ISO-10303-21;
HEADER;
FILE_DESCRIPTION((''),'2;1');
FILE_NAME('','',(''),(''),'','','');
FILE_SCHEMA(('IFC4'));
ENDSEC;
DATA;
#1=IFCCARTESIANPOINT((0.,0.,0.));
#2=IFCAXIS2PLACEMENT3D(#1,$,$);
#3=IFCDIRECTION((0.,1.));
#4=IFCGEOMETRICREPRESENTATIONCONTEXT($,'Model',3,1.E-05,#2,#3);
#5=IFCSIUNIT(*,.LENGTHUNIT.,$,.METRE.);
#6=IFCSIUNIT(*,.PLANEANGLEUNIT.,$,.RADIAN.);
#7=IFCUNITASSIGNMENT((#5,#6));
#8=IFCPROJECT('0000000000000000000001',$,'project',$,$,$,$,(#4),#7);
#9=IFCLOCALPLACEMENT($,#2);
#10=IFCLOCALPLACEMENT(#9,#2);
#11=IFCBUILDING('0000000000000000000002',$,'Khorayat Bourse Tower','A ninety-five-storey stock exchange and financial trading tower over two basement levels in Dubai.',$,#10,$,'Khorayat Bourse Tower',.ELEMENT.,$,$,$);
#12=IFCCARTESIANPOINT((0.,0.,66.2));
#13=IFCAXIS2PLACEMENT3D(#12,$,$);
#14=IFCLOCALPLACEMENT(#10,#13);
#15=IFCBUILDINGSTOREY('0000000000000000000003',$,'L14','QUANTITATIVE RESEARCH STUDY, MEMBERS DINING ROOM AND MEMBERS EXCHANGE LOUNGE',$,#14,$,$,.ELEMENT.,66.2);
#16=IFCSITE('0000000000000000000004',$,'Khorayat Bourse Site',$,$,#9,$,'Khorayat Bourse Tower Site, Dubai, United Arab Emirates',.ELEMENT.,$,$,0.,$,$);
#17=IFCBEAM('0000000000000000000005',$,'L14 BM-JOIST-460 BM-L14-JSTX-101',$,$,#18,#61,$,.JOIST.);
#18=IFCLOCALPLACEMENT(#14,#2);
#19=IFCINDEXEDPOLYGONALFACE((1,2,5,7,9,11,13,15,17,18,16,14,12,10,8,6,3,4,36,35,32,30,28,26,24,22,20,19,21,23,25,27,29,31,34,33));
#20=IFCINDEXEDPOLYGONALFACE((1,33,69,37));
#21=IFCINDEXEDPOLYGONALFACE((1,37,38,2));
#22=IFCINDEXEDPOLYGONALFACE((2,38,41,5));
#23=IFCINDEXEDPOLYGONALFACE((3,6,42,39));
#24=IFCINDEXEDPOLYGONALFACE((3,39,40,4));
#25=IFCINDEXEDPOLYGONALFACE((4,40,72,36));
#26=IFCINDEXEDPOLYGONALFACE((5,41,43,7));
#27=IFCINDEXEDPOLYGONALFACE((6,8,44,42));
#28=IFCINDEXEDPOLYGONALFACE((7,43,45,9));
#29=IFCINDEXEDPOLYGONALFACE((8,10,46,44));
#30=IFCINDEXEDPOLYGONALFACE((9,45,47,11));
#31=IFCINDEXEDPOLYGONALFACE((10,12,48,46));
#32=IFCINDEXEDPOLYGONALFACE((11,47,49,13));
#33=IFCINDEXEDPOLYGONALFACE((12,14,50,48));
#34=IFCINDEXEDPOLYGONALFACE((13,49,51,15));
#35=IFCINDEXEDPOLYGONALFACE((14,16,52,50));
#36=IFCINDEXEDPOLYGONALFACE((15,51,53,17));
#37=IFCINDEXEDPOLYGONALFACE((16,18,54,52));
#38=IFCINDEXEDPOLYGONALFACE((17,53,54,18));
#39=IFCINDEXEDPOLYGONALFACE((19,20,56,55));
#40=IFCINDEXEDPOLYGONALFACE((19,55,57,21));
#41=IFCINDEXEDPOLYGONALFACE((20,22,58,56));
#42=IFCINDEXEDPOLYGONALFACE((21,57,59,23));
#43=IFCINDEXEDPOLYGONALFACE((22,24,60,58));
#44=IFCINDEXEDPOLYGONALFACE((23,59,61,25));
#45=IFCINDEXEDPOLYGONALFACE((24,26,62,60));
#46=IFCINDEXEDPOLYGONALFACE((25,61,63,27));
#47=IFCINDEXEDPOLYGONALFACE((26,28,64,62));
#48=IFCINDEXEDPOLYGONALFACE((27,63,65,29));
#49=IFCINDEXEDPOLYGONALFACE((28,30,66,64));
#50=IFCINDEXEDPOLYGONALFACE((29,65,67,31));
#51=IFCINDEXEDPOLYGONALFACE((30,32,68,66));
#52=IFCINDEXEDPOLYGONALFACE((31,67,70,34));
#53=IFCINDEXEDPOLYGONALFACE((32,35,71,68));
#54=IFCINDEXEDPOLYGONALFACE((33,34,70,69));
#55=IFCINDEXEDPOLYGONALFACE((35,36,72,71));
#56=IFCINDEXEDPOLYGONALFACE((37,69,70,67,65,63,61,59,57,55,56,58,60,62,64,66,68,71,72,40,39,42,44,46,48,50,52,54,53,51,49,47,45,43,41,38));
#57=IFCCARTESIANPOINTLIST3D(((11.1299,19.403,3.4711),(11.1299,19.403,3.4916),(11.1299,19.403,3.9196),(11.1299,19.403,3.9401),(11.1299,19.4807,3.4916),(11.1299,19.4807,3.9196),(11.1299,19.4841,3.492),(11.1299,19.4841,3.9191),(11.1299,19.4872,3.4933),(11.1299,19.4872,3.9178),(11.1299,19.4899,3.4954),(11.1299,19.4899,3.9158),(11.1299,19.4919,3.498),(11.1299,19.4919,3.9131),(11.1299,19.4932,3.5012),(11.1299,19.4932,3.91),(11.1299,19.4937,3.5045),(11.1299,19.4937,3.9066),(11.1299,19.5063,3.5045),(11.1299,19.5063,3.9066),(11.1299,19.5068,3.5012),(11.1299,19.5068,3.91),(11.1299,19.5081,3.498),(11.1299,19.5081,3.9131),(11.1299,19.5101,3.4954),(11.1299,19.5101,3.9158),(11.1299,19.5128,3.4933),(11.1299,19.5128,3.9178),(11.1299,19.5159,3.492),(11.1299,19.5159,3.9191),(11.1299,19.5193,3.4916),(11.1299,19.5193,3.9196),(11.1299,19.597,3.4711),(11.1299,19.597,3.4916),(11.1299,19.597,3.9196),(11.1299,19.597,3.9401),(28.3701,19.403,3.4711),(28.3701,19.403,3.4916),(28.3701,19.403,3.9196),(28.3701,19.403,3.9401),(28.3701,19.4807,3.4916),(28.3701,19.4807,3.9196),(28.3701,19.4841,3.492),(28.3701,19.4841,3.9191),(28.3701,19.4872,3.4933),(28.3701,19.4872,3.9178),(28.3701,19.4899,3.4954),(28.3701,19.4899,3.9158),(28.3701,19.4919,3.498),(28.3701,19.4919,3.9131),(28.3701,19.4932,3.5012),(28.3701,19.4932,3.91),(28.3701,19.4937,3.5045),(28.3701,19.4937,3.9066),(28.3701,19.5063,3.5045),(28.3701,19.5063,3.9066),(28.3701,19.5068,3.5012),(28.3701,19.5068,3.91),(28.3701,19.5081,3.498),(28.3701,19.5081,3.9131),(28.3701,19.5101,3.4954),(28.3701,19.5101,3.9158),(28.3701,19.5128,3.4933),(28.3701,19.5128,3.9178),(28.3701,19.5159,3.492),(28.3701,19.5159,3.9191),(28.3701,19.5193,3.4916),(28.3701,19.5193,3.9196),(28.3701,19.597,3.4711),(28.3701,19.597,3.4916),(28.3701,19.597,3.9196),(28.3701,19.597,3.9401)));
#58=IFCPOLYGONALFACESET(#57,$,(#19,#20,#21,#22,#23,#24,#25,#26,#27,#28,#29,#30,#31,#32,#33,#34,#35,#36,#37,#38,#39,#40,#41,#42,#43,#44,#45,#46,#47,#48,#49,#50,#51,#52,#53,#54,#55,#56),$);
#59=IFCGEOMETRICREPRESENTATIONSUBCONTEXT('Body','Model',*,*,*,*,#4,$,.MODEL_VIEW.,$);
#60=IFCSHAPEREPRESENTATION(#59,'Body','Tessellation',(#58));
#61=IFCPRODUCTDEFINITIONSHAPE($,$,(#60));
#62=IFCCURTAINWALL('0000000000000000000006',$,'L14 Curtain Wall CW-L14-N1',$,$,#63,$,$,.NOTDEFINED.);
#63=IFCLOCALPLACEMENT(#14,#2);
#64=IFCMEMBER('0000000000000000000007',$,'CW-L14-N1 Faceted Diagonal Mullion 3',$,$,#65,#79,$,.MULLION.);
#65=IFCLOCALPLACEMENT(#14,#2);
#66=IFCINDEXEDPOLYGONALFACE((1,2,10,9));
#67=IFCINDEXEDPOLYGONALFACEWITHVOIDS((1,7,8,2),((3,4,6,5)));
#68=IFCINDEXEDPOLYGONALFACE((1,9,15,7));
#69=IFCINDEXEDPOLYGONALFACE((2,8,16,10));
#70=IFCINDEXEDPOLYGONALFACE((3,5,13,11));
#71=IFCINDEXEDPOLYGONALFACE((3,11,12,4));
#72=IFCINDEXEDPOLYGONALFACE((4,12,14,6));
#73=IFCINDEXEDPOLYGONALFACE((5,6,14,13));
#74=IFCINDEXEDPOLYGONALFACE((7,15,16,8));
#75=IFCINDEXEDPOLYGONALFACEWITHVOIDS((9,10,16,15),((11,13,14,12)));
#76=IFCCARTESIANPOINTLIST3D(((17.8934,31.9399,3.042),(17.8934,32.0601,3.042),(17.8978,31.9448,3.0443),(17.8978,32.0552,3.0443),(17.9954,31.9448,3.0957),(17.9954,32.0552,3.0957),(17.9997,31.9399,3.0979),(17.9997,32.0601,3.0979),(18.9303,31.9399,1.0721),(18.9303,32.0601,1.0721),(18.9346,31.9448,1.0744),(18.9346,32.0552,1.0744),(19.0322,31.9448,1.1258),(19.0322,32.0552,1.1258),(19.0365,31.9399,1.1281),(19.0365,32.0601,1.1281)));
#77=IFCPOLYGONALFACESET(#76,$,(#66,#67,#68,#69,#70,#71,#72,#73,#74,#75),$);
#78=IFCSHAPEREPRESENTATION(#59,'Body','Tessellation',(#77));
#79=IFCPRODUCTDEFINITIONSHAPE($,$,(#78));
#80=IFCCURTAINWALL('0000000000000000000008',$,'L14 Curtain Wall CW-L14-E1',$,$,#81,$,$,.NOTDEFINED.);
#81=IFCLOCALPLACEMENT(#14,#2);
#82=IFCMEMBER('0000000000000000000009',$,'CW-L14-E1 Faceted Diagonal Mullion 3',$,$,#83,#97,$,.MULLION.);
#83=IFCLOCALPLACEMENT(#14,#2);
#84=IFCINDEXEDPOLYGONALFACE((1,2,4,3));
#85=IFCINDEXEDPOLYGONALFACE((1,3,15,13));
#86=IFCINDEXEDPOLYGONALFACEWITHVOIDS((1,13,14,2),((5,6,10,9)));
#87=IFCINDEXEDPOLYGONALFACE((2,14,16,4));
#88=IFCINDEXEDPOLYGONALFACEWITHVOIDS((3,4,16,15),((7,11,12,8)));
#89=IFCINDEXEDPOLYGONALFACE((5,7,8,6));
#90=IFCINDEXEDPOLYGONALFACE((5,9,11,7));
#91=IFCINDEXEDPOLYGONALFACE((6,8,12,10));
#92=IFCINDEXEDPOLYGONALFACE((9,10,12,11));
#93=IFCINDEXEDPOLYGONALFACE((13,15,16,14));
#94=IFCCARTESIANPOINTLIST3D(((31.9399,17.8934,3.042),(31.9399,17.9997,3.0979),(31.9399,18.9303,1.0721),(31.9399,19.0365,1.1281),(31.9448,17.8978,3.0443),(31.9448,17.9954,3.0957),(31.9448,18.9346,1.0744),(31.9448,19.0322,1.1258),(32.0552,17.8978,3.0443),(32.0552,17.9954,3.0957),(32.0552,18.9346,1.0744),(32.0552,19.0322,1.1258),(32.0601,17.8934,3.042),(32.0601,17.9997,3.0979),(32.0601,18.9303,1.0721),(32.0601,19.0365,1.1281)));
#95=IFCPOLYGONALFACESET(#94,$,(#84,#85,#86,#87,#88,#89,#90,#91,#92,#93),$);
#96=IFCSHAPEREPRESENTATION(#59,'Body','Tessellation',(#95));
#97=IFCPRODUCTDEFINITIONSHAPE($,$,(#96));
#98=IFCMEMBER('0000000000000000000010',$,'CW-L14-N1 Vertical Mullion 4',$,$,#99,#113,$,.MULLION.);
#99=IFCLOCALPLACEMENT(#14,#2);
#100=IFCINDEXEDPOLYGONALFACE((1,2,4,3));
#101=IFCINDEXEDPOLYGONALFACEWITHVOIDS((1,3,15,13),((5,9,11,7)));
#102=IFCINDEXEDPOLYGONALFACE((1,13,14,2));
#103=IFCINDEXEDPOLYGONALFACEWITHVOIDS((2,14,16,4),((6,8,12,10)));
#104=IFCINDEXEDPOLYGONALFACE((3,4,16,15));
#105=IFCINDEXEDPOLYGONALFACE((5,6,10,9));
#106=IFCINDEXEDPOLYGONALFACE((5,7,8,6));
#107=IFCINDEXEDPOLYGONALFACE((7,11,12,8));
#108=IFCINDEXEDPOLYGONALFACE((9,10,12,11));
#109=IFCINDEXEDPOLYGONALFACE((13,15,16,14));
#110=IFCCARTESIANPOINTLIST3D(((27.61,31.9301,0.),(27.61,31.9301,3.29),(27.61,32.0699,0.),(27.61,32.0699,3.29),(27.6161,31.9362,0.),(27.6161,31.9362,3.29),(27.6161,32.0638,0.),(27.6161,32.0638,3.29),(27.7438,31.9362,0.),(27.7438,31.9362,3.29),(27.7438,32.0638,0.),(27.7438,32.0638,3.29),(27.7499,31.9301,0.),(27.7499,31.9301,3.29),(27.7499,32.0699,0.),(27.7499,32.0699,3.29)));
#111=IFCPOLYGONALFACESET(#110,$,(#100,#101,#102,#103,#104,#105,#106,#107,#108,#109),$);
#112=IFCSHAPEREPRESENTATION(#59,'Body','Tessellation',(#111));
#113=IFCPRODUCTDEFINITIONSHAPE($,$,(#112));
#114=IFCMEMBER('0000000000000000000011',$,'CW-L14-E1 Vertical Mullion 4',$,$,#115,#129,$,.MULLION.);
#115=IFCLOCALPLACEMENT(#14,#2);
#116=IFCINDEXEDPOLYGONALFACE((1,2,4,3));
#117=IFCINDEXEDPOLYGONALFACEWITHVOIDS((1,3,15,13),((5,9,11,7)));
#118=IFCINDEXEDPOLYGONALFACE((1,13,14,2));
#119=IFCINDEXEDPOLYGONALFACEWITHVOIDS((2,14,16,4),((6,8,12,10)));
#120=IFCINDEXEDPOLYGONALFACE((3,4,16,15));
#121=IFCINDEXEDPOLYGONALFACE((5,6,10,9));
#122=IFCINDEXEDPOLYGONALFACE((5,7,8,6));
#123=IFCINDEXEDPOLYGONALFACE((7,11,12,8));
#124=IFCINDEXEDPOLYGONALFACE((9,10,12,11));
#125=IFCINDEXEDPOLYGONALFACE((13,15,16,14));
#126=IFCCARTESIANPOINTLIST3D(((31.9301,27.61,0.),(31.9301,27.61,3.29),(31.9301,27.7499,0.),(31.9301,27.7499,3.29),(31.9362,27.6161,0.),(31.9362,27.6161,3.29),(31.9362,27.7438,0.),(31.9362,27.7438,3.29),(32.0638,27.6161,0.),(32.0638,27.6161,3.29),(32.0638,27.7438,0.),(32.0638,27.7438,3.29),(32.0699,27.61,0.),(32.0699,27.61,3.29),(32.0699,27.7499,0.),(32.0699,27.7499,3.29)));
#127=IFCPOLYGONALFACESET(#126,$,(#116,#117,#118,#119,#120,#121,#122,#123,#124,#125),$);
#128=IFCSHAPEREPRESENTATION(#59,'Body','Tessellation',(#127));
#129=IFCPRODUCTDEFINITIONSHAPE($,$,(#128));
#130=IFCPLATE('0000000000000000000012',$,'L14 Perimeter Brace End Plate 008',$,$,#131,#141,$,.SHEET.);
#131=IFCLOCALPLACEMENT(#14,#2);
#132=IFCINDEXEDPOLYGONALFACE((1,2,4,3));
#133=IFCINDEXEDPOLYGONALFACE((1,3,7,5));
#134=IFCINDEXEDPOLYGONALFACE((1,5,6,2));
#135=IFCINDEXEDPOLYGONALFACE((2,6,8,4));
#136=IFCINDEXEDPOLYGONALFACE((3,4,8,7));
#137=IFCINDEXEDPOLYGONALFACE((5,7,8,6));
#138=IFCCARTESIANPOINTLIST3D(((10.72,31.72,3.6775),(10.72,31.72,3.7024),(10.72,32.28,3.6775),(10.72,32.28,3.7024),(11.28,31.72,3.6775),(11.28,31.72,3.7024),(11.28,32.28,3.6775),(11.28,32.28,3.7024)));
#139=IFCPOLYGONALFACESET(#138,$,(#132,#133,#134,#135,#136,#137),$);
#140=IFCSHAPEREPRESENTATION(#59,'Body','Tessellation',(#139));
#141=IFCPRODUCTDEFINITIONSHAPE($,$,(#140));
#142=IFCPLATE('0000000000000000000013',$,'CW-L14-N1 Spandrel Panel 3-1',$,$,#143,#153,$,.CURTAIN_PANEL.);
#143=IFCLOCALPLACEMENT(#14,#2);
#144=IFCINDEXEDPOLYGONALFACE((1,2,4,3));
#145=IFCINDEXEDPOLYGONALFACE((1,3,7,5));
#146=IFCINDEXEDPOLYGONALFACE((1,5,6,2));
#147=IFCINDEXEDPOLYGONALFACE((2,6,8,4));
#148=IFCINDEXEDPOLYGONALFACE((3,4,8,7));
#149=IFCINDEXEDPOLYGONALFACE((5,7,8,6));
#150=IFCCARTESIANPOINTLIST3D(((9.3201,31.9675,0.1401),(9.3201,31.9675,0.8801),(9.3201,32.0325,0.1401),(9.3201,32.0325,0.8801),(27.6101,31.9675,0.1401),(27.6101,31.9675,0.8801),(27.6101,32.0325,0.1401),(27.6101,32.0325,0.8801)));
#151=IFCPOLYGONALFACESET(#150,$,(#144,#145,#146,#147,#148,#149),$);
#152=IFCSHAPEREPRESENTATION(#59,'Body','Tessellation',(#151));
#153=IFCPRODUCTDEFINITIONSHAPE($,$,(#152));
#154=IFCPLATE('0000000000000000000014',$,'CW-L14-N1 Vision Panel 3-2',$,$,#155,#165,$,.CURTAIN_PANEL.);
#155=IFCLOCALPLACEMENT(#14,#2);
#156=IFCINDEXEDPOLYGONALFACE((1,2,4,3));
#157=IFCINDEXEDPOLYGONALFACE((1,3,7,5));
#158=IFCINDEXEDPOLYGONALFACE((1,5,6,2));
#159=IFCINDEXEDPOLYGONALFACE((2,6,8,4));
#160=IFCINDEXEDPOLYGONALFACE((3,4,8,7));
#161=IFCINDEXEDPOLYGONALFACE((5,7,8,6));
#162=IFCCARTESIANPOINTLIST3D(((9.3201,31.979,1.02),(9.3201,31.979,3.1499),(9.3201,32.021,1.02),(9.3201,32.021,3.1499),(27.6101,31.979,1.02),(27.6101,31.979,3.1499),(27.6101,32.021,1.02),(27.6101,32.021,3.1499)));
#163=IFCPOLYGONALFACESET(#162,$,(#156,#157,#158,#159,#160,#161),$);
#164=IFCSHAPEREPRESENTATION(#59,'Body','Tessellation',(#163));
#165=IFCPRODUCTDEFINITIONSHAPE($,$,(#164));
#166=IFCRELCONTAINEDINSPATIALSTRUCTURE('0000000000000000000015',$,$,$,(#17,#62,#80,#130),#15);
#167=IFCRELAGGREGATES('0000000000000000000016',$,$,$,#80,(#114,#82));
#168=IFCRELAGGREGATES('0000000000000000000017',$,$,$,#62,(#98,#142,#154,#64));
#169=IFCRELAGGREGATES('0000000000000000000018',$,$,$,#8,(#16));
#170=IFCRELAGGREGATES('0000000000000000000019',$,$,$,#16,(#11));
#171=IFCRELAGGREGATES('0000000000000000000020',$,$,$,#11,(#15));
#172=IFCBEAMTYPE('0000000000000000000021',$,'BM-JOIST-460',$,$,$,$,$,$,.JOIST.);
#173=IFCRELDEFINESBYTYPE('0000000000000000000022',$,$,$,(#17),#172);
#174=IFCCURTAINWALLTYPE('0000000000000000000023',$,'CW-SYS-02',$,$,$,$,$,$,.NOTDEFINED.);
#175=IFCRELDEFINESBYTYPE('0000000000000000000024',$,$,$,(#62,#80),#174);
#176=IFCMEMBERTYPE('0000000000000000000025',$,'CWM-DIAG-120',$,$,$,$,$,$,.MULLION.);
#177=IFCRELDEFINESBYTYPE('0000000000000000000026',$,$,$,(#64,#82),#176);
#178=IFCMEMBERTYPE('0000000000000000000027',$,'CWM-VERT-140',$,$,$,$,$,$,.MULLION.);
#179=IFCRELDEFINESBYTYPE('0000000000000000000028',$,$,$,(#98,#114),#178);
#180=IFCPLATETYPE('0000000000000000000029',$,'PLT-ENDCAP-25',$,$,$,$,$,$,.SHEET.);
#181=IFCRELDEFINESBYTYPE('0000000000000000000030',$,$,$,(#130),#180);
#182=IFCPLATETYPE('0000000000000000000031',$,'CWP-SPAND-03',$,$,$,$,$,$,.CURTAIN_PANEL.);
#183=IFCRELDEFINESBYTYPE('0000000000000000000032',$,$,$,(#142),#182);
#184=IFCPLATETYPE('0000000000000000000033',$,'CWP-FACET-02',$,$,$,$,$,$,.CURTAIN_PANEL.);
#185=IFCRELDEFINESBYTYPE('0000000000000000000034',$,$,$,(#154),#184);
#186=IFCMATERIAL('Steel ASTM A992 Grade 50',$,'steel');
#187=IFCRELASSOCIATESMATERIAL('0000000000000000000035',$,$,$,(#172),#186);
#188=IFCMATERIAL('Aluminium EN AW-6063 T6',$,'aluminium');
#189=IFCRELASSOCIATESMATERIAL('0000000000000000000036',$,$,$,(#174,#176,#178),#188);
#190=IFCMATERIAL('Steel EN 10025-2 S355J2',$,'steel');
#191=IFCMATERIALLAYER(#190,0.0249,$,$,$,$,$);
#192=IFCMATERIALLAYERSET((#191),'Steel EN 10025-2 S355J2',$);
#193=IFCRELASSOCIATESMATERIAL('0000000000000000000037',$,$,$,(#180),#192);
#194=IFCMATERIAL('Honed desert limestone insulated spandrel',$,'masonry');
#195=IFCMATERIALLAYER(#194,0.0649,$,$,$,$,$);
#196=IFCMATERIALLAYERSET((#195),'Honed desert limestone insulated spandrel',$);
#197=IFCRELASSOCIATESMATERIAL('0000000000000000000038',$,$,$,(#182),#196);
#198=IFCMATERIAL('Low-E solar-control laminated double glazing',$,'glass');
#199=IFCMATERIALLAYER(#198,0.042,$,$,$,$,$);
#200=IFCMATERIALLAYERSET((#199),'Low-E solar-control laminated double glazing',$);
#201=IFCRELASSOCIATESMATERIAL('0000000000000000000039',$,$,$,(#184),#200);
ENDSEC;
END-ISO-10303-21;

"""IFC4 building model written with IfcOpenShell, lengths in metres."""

from ifc_helpers import new_model, si_unit, direction, frame, origin, origin_2d, place, context, subcontext, project, spatial, rectangle, hollow_rectangle, i_section, extrude, source, transform, mapped, material, layer, layer_set, material_profile, profile_set, type_object, element, aggregate, save


model = new_model("IFC4")

# Units and contexts
model_context = context("Model", 3, precision=1e-05, world=origin(), true_north=direction((0.0, 1.0)))
body_context = subcontext(model_context, "Body", "Model", "MODEL_VIEW")
ifc_project = project(units=[si_unit("LENGTHUNIT", "METRE"), si_unit("PLANEANGLEUNIT", "RADIAN")], contexts=[model_context])

# Site, building, storey
site_placement = place(None, origin())
site = spatial("IfcSite", under=ifc_project, at=site_placement, Name="Khorayat Bourse Site", LongName="Khorayat Bourse Tower Site, Dubai, United Arab Emirates", CompositionType="ELEMENT", RefElevation=0.0)
building_placement = place(site_placement, origin())
building = spatial("IfcBuilding", under=site, at=building_placement, Name="Khorayat Bourse Tower", Description="A ninety-five-storey stock exchange and financial trading tower over two basement levels in Dubai.", LongName="Khorayat Bourse Tower", CompositionType="ELEMENT")
storey_placement = place(building_placement, frame((0.0, 0.0, 66.2)))
storey = spatial("IfcBuildingStorey", under=building, at=storey_placement, Name="L14", Description="QUANTITATIVE RESEARCH STUDY, MEMBERS DINING ROOM AND MEMBERS EXCHANGE LOUNGE", CompositionType="ELEMENT", Elevation=66.2)

# Beam
ifc_material_1 = material(Name="Steel ASTM A992 Grade 50", Category="steel")
ifc_material_profile_1 = material_profile(ifc_material_1, i_section(OverallWidth=0.1941, OverallDepth=0.469, WebThickness=0.0127, FlangeThickness=0.0205, FilletRadius=0.0129, at=origin_2d()), Name="W460X106")
ifc_profile_set_1 = profile_set([ifc_material_profile_1], Name="Steel ASTM A992 Grade 50")
beam_type_1 = type_object("IfcBeamType", Name="BM-JOIST-460", PredefinedType="JOIST", material=ifc_profile_set_1)
shared_shape_1 = source(origin(), body_context, "Body", "SweptSolid", [
    extrude(i_section(OverallWidth=0.1941, OverallDepth=0.469, WebThickness=0.0127, FlangeThickness=0.0205, FilletRadius=0.0129, at=origin_2d()), origin(), (0.0, 0.0, 1.0), 17.2402),
])
beam_1_placement = place(storey_placement, frame((11.1299, 19.5, 3.7056), z_axis=(1.0, 0.0, 0.0), x_axis=(0.0, 1.0, 0.0)))
element("IfcBeam", 1, at=beam_1_placement, inside=storey, type_object=beam_type_1, Name="L14 BM-JOIST-460 BM-L14-JSTX-101", PredefinedType="JOIST", context=body_context, shape_type="MappedRepresentation", body=[
    mapped(shared_shape_1, transform((0.0, 0.0, 0.0), scale=1.0)),
])

# Curtain walls, members
ifc_material_2 = material(Name="Aluminium EN AW-6063 T6", Category="aluminium")
curtain_wall_type = type_object("IfcCurtainWallType", Name="CW-SYS-02", PredefinedType="NOTDEFINED", material=ifc_material_2)
curtain_wall_1_placement = place(storey_placement, origin())
curtain_wall_1 = element("IfcCurtainWall", 2, at=curtain_wall_1_placement, inside=storey, type_object=curtain_wall_type, Name="L14 Curtain Wall CW-L14-N1", PredefinedType="NOTDEFINED")
ifc_material_profile_2 = material_profile(ifc_material_2, hollow_rectangle(XDim=0.1201, YDim=0.1201, WallThickness=0.0049, at=origin_2d()), Name="ALU 120x120x5")
ifc_profile_set_2 = profile_set([ifc_material_profile_2], Name="Aluminium EN AW-6063 T6")
member_type_1 = type_object("IfcMemberType", Name="CWM-DIAG-120", PredefinedType="MULLION", material=ifc_profile_set_2)
shared_shape_2 = source(origin(), body_context, "Body", "SweptSolid", [
    extrude(hollow_rectangle(XDim=0.1201, YDim=0.1201, WallThickness=0.0049, at=origin_2d()), origin(), (0.0, 0.0, 1.0), 2.2261),
])
member_1_placement = place(storey_placement, frame((18.9834, 32.0, 1.1001), z_axis=(-0.46576, 0.0, 0.884911), x_axis=(0.0, -1.0, 0.0)))
member_1 = element("IfcMember", 3, at=member_1_placement, type_object=member_type_1, Name="CW-L14-N1 Faceted Diagonal Mullion 3", PredefinedType="MULLION", context=body_context, shape_type="MappedRepresentation", body=[
    mapped(shared_shape_2, transform((0.0, 0.0, 0.0), scale=1.0)),
])
curtain_wall_2_placement = place(storey_placement, origin())
curtain_wall_2 = element("IfcCurtainWall", 4, at=curtain_wall_2_placement, inside=storey, type_object=curtain_wall_type, Name="L14 Curtain Wall CW-L14-E1", PredefinedType="NOTDEFINED")
member_2_placement = place(storey_placement, frame((32.0, 18.9834, 1.1001), z_axis=(0.0, -0.46576, 0.884911), x_axis=(1.0, 0.0, 0.0)))
member_2 = element("IfcMember", 5, at=member_2_placement, type_object=member_type_1, Name="CW-L14-E1 Faceted Diagonal Mullion 3", PredefinedType="MULLION", context=body_context, shape_type="MappedRepresentation", body=[
    mapped(shared_shape_2, transform((0.0, 0.0, 0.0), scale=1.0)),
])

# Members
ifc_material_profile_3 = material_profile(ifc_material_2, hollow_rectangle(XDim=0.1399, YDim=0.1399, WallThickness=0.0061, at=origin_2d()), Name="ALU 140x140x6")
ifc_profile_set_3 = profile_set([ifc_material_profile_3], Name="Aluminium EN AW-6063 T6")
member_type_2 = type_object("IfcMemberType", Name="CWM-VERT-140", PredefinedType="MULLION", material=ifc_profile_set_3)
shared_shape_3 = source(origin(), body_context, "Body", "SweptSolid", [
    extrude(hollow_rectangle(XDim=0.1399, YDim=0.1399, WallThickness=0.0061, at=origin_2d()), origin(), (0.0, 0.0, 1.0), 3.29),
])
member_3_placement = place(storey_placement, frame((27.6799, 32.0, 0.0), z_axis=(0.0, 0.0, 1.0), x_axis=(0.0, 1.0, 0.0)))
member_3 = element("IfcMember", 6, at=member_3_placement, type_object=member_type_2, Name="CW-L14-N1 Vertical Mullion 4", PredefinedType="MULLION", context=body_context, shape_type="MappedRepresentation", body=[
    mapped(shared_shape_3, transform((0.0, 0.0, 0.0), scale=1.0)),
])
member_4_placement = place(storey_placement, frame((32.0, 27.6799, 0.0), z_axis=(0.0, 0.0, 1.0), x_axis=(-1.0, 0.0, 0.0)))
member_4 = element("IfcMember", 7, at=member_4_placement, type_object=member_type_2, Name="CW-L14-E1 Vertical Mullion 4", PredefinedType="MULLION", context=body_context, shape_type="MappedRepresentation", body=[
    mapped(shared_shape_3, transform((0.0, 0.0, 0.0), scale=1.0)),
])
aggregate(curtain_wall_2, [member_4, member_2])

# Plates
ifc_material_3 = material(Name="Steel EN 10025-2 S355J2", Category="steel")
ifc_layer_1 = layer(ifc_material_3, 0.0249)
ifc_layer_set_1 = layer_set([ifc_layer_1], Name="Steel EN 10025-2 S355J2")
plate_type_1 = type_object("IfcPlateType", Name="PLT-ENDCAP-25", PredefinedType="SHEET", material=ifc_layer_set_1)
shared_shape_4 = source(origin(), body_context, "Body", "SweptSolid", [
    extrude(rectangle(XDim=0.5601, YDim=0.5601, at=origin_2d()), origin(), (0.0, 0.0, 1.0), 0.0249),
])
plate_1_placement = place(storey_placement, frame((11.0, 32.0, 3.6775), z_axis=(0.0, 0.0, 1.0), x_axis=(1.0, 0.0, 0.0)))
element("IfcPlate", 8, at=plate_1_placement, inside=storey, type_object=plate_type_1, Name="L14 Perimeter Brace End Plate 008", PredefinedType="SHEET", context=body_context, shape_type="MappedRepresentation", body=[
    mapped(shared_shape_4, transform((0.0, 0.0, 0.0), scale=1.0)),
])
ifc_material_4 = material(Name="Honed desert limestone insulated spandrel", Category="masonry")
ifc_layer_2 = layer(ifc_material_4, 0.0649)
ifc_layer_set_2 = layer_set([ifc_layer_2], Name="Honed desert limestone insulated spandrel")
plate_type_2 = type_object("IfcPlateType", Name="CWP-SPAND-03", PredefinedType="CURTAIN_PANEL", material=ifc_layer_set_2)
shared_shape_5 = source(origin(), body_context, "Body", "SweptSolid", [
    extrude(rectangle(XDim=18.29, YDim=0.0649, at=origin_2d()), origin(), (0.0, 0.0, 1.0), 0.74),
])
plate_2_placement = place(storey_placement, frame((18.4651, 32.0, 0.1401), z_axis=(0.0, 0.0, 1.0), x_axis=(1.0, 0.0, 0.0)))
plate_2 = element("IfcPlate", 9, at=plate_2_placement, type_object=plate_type_2, Name="CW-L14-N1 Spandrel Panel 3-1", PredefinedType="CURTAIN_PANEL", context=body_context, shape_type="MappedRepresentation", body=[
    mapped(shared_shape_5, transform((0.0, 0.0, 0.0), scale=1.0)),
])
ifc_material_5 = material(Name="Low-E solar-control laminated double glazing", Category="glass")
ifc_layer_3 = layer(ifc_material_5, 0.042)
ifc_layer_set_3 = layer_set([ifc_layer_3], Name="Low-E solar-control laminated double glazing")
plate_type_3 = type_object("IfcPlateType", Name="CWP-FACET-02", PredefinedType="CURTAIN_PANEL", material=ifc_layer_set_3)
shared_shape_6 = source(origin(), body_context, "Body", "SweptSolid", [
    extrude(rectangle(XDim=18.29, YDim=0.042, at=origin_2d()), origin(), (0.0, 0.0, 1.0), 2.1299),
])
plate_3_placement = place(storey_placement, frame((18.4651, 32.0, 1.02), z_axis=(0.0, 0.0, 1.0), x_axis=(1.0, 0.0, 0.0)))
plate_3 = element("IfcPlate", 10, at=plate_3_placement, type_object=plate_type_3, Name="CW-L14-N1 Vision Panel 3-2", PredefinedType="CURTAIN_PANEL", context=body_context, shape_type="MappedRepresentation", body=[
    mapped(shared_shape_6, transform((0.0, 0.0, 0.0), scale=1.0)),
])
aggregate(curtain_wall_1, [member_3, plate_2, plate_3, member_1])

save(model, "model.ifc")
